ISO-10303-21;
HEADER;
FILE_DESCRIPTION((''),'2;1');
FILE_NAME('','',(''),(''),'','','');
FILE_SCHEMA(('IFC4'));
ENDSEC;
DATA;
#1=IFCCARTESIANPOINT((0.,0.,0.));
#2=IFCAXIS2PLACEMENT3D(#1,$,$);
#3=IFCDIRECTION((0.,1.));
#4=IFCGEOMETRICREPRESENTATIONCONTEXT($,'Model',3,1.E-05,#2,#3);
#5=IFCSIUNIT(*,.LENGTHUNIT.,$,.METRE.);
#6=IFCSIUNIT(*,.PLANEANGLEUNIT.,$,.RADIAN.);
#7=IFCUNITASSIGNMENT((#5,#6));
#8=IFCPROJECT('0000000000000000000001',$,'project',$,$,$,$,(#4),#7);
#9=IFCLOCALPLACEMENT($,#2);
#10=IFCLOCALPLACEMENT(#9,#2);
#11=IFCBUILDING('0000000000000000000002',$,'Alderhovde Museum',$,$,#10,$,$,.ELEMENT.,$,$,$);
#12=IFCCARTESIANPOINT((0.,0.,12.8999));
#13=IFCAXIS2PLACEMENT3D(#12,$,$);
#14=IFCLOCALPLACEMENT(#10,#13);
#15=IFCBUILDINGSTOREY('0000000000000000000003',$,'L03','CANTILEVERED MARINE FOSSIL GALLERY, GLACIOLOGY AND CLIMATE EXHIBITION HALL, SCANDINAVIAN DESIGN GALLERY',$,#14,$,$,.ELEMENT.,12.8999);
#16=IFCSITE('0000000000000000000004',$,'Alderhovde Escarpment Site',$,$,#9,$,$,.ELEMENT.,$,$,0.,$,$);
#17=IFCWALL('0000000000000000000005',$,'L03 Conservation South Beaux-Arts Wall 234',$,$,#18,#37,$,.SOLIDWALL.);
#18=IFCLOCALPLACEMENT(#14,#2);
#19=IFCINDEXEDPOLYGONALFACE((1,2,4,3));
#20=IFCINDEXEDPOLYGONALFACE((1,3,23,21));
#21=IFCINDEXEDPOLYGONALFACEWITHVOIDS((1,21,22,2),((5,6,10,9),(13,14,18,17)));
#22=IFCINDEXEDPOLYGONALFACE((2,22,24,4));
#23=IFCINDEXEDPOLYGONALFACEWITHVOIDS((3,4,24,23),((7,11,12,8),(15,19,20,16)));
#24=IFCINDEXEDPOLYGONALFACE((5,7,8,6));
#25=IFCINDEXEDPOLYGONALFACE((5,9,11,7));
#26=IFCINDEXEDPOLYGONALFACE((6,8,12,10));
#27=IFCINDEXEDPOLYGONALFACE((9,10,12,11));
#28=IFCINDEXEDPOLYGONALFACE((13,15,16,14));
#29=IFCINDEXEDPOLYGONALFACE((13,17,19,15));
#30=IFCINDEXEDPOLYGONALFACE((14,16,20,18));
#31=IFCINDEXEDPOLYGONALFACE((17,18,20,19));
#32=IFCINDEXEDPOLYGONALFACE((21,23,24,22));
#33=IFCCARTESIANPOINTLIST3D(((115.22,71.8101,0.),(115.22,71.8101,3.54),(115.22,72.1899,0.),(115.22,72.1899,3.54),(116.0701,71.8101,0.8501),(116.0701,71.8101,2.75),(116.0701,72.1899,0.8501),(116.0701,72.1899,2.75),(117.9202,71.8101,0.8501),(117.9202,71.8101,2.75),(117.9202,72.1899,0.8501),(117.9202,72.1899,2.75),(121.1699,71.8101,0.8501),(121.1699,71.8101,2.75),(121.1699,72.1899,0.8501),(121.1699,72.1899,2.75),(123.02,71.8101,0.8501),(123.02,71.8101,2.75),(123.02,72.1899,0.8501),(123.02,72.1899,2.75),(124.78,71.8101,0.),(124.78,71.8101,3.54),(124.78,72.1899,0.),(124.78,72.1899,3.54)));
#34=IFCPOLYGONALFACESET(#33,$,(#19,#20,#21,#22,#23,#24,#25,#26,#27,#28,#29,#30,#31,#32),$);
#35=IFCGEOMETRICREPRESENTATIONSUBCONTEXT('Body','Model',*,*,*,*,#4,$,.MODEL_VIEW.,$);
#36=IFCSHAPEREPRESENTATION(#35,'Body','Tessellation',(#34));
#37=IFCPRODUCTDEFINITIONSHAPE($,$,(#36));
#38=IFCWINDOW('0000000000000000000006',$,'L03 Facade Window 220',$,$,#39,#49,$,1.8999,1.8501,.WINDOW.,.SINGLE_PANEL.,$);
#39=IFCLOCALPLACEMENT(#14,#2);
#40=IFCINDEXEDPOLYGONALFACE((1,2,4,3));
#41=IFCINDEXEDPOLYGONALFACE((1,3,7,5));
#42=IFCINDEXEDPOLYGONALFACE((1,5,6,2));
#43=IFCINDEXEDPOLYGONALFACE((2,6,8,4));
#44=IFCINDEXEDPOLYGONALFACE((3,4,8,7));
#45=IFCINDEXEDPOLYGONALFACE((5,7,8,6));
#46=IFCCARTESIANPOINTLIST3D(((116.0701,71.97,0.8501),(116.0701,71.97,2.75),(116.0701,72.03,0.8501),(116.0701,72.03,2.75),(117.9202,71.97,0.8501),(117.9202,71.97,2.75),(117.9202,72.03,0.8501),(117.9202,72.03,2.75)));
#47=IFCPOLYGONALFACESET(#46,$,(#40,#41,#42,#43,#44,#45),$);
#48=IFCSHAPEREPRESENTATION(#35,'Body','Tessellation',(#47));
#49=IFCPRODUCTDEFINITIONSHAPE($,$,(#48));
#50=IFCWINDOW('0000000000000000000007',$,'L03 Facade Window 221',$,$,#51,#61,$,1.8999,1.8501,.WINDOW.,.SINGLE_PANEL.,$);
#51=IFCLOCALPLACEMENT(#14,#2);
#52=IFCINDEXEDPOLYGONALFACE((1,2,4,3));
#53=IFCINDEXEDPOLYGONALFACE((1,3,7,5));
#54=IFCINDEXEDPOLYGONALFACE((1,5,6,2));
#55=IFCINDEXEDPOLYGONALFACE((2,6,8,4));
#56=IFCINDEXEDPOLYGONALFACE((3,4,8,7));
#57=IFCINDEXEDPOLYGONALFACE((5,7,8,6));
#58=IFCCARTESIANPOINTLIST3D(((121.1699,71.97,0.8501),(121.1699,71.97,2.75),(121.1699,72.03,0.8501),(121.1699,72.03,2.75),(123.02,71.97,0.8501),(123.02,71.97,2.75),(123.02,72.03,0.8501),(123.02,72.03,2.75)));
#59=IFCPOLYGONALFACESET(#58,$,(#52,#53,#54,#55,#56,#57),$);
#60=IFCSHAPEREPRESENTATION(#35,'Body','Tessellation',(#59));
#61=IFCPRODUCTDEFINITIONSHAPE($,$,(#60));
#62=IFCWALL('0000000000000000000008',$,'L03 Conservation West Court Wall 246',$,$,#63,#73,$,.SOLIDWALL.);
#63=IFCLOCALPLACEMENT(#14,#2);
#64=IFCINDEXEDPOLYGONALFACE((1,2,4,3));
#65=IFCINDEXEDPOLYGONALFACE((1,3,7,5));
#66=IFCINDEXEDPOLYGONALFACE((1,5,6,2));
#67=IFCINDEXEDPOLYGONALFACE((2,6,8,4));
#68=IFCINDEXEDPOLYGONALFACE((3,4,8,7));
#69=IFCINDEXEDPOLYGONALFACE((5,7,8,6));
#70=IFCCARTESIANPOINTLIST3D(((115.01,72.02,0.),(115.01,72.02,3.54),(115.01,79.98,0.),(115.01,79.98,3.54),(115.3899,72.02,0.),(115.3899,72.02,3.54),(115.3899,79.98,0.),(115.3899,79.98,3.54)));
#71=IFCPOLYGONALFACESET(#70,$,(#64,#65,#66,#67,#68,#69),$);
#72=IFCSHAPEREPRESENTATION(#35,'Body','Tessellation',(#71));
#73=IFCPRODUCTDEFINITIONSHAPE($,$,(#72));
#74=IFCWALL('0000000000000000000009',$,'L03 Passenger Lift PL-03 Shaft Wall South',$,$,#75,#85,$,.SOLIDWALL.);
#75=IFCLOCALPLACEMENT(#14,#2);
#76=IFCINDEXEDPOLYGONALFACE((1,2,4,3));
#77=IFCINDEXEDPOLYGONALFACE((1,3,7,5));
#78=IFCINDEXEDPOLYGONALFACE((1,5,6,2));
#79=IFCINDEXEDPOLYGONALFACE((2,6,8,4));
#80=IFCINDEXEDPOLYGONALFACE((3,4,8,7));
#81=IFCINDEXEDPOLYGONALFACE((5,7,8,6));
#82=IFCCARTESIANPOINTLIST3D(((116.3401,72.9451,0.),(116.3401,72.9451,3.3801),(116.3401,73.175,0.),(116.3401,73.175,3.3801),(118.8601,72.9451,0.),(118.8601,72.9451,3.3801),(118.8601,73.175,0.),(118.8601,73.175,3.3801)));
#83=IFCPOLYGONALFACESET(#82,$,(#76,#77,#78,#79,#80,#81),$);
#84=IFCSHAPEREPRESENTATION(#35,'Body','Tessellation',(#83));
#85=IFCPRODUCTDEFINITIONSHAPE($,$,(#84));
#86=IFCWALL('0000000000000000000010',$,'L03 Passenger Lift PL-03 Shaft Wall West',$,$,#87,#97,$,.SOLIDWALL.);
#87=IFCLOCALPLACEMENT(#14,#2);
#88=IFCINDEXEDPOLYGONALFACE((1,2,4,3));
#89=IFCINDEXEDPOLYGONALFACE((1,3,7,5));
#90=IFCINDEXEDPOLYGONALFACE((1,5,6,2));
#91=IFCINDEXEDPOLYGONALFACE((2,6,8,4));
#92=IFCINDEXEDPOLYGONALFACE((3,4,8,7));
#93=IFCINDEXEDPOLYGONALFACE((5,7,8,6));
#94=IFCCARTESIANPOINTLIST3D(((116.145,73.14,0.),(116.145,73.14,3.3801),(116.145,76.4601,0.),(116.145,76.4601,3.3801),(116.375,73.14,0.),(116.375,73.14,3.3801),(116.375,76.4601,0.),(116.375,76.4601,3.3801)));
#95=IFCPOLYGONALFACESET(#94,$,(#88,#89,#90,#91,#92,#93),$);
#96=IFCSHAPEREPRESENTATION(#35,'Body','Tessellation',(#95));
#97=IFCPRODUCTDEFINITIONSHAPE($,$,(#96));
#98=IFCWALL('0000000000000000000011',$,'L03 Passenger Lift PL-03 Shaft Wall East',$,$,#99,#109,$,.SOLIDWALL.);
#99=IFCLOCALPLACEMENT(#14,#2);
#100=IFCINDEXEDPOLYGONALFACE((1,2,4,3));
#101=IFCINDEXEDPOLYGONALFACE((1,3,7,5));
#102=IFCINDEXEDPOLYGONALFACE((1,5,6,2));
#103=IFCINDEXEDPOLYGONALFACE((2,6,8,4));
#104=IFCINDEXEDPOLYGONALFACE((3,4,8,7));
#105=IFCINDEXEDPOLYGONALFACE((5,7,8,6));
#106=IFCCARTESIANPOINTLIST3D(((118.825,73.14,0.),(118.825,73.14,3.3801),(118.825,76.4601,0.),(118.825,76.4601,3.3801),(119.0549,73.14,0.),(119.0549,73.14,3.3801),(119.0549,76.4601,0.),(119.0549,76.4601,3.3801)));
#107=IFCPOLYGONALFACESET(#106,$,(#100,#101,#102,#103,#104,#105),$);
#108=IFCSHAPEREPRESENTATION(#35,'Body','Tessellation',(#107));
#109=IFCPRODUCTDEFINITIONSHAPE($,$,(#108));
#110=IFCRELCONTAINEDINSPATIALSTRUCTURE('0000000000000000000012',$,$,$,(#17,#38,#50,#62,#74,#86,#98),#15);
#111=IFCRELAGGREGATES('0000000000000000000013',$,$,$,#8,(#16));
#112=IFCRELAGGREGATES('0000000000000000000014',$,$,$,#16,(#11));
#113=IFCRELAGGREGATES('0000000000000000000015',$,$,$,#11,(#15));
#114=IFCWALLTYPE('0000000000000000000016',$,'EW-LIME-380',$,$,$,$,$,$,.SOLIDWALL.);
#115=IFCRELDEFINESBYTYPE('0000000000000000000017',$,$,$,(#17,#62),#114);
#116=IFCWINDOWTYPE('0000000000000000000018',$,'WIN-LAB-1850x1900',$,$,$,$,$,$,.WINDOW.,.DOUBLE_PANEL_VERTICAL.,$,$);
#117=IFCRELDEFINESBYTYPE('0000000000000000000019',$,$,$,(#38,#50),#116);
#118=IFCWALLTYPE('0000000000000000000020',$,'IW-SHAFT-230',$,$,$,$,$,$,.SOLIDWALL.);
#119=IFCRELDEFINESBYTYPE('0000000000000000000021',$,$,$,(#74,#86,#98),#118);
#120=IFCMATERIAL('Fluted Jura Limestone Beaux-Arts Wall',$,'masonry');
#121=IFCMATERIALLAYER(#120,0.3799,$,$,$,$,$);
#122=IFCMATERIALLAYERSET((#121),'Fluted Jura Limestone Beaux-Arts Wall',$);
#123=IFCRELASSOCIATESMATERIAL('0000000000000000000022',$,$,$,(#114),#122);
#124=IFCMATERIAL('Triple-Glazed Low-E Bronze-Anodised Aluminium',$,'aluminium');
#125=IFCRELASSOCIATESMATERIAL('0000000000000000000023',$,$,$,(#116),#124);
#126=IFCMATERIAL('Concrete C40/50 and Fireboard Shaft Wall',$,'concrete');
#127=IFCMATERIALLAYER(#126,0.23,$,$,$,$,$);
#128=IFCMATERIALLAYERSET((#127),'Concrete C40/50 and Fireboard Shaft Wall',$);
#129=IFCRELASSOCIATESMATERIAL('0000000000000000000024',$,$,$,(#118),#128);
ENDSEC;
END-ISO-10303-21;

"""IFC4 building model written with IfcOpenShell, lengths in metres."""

from ifc_helpers import new_model, si_unit, direction, frame, frame_2d, origin, place, context, subcontext, project, spatial, rectangle, extrude, material, layer, layer_set, type_object, element, fill, save


model = new_model("IFC4")

# Units and contexts
model_context = context("Model", 3, precision=1e-05, world=origin(), true_north=direction((0.0, 1.0)))
body_context = subcontext(model_context, "Body", "Model", "MODEL_VIEW")
ifc_project = project(units=[si_unit("LENGTHUNIT", "METRE"), si_unit("PLANEANGLEUNIT", "RADIAN")], contexts=[model_context])

# Site, building, storey
site_placement = place(None, origin())
site = spatial("IfcSite", under=ifc_project, at=site_placement, Name="Alderhovde Escarpment Site", CompositionType="ELEMENT", RefElevation=0.0)
building_placement = place(site_placement, origin())
building = spatial("IfcBuilding", under=site, at=building_placement, Name="Alderhovde Museum", CompositionType="ELEMENT")
storey_placement = place(building_placement, frame((0.0, 0.0, 12.8999)))
storey = spatial("IfcBuildingStorey", under=building, at=storey_placement, Name="L03", Description="CANTILEVERED MARINE FOSSIL GALLERY, GLACIOLOGY AND CLIMATE EXHIBITION HALL, SCANDINAVIAN DESIGN GALLERY", CompositionType="ELEMENT", Elevation=12.8999)

# Wall, openings, windows
ifc_material_1 = material(Name="Fluted Jura Limestone Beaux-Arts Wall", Category="masonry")
ifc_layer_1 = layer(ifc_material_1, 0.3799)
ifc_layer_set_1 = layer_set([ifc_layer_1], Name="Fluted Jura Limestone Beaux-Arts Wall")
wall_type_1 = type_object("IfcWallType", Name="EW-LIME-380", PredefinedType="SOLIDWALL", material=ifc_layer_set_1)
wall_1_placement = place(storey_placement, frame((115.22, 72.0, 0.0), z_axis=(0.0, 0.0, 1.0), x_axis=(1.0, 0.0, 0.0)))
wall_1 = element("IfcWall", 1, at=wall_1_placement, inside=storey, type_object=wall_type_1, Name="L03 Conservation South Beaux-Arts Wall 234", PredefinedType="SOLIDWALL", context=body_context, shape_type="SweptSolid", body=[
    extrude(rectangle(XDim=9.5601, YDim=0.3799, at=frame_2d((4.78, 0.0))), origin(), (0.0, 0.0, 1.0), 3.54),
])
opening_1_placement = place(wall_1_placement, frame((0.8501, 0.0, 0.8501)))
opening_1 = element("IfcOpeningElement", 2, at=opening_1_placement, cuts=wall_1, PredefinedType="OPENING", context=body_context, shape_type="SweptSolid", body=[
    extrude(rectangle(XDim=1.8501, YDim=1.8999, at=frame_2d((0.925, 0.95))), frame((0.0, 0.2, 0.0), z_axis=(0.0, -1.0, 0.0), x_axis=(1.0, 0.0, 0.0)), (0.0, 0.0, 1.0), 0.3999),
])
opening_2_placement = place(wall_1_placement, frame((5.95, 0.0, 0.8501)))
opening_2 = element("IfcOpeningElement", 3, at=opening_2_placement, cuts=wall_1, PredefinedType="OPENING", context=body_context, shape_type="SweptSolid", body=[
    extrude(rectangle(XDim=1.8501, YDim=1.8999, at=frame_2d((0.925, 0.95))), frame((0.0, 0.2, 0.0), z_axis=(0.0, -1.0, 0.0), x_axis=(1.0, 0.0, 0.0)), (0.0, 0.0, 1.0), 0.3999),
])
ifc_material_2 = material(Name="Triple-Glazed Low-E Bronze-Anodised Aluminium", Category="aluminium")
window_type = type_object("IfcWindowType", Name="WIN-LAB-1850x1900", PartitioningType="DOUBLE_PANEL_VERTICAL", PredefinedType="WINDOW", material=ifc_material_2)
window_1_placement = place(opening_1_placement, origin())
window_1 = element("IfcWindow", 4, at=window_1_placement, inside=storey, type_object=window_type, Name="L03 Facade Window 220", OverallHeight=1.8999, OverallWidth=1.8501, PartitioningType="SINGLE_PANEL", PredefinedType="WINDOW", context=body_context, shape_type="SweptSolid", body=[
    extrude(rectangle(XDim=1.8501, YDim=1.8999, at=frame_2d((0.925, 0.95))), frame((0.0, 0.03, 0.0), z_axis=(0.0, -1.0, 0.0), x_axis=(1.0, 0.0, 0.0)), (0.0, 0.0, 1.0), 0.0601),
])
fill(opening_1, window_1)
window_2_placement = place(opening_2_placement, origin())
window_2 = element("IfcWindow", 5, at=window_2_placement, inside=storey, type_object=window_type, Name="L03 Facade Window 221", OverallHeight=1.8999, OverallWidth=1.8501, PartitioningType="SINGLE_PANEL", PredefinedType="WINDOW", context=body_context, shape_type="SweptSolid", body=[
    extrude(rectangle(XDim=1.8501, YDim=1.8999, at=frame_2d((0.925, 0.95))), frame((0.0, 0.03, 0.0), z_axis=(0.0, -1.0, 0.0), x_axis=(1.0, 0.0, 0.0)), (0.0, 0.0, 1.0), 0.0601),
])
fill(opening_2, window_2)

# Walls
wall_2_placement = place(storey_placement, frame((115.2, 72.02, 0.0), z_axis=(0.0, 0.0, 1.0), x_axis=(0.0, 1.0, 0.0)))
element("IfcWall", 6, at=wall_2_placement, inside=storey, type_object=wall_type_1, Name="L03 Conservation West Court Wall 246", PredefinedType="SOLIDWALL", context=body_context, shape_type="SweptSolid", body=[
    extrude(rectangle(XDim=7.96, YDim=0.3799, at=frame_2d((3.98, 0.0))), origin(), (0.0, 0.0, 1.0), 3.54),
])
ifc_material_3 = material(Name="Concrete C40/50 and Fireboard Shaft Wall", Category="concrete")
ifc_layer_2 = layer(ifc_material_3, 0.23)
ifc_layer_set_2 = layer_set([ifc_layer_2], Name="Concrete C40/50 and Fireboard Shaft Wall")
wall_type_2 = type_object("IfcWallType", Name="IW-SHAFT-230", PredefinedType="SOLIDWALL", material=ifc_layer_set_2)
wall_3_placement = place(storey_placement, frame((116.3401, 73.0601, 0.0), z_axis=(0.0, 0.0, 1.0), x_axis=(1.0, 0.0, 0.0)))
element("IfcWall", 7, at=wall_3_placement, inside=storey, type_object=wall_type_2, Name="L03 Passenger Lift PL-03 Shaft Wall South", PredefinedType="SOLIDWALL", context=body_context, shape_type="SweptSolid", body=[
    extrude(rectangle(XDim=2.52, YDim=0.23, at=frame_2d((1.26, 0.0))), origin(), (0.0, 0.0, 1.0), 3.3801),
])
for number, where, z_axis, x_axis, name in (
    (8, (116.26, 73.1399, 0.0), (0.0, 0.0, 1.0), (0.0, 1.0, 0.0), "L03 Passenger Lift PL-03 Shaft Wall West"),
    (9, (118.9399, 73.1399, 0.0), (0.0, 0.0, 1.0), (0.0, 1.0, 0.0), "L03 Passenger Lift PL-03 Shaft Wall East"),
):
    element("IfcWall", number, at=place(storey_placement, frame(where, z_axis=z_axis, x_axis=x_axis)), inside=storey, type_object=wall_type_2, Name=name, PredefinedType="SOLIDWALL", context=body_context, shape_type="SweptSolid", body=[
        extrude(rectangle(XDim=3.3201, YDim=0.23, at=frame_2d((1.6602, 0.0))), origin(), (0.0, 0.0, 1.0), 3.3801),
    ])

save(model, "model.ifc")
